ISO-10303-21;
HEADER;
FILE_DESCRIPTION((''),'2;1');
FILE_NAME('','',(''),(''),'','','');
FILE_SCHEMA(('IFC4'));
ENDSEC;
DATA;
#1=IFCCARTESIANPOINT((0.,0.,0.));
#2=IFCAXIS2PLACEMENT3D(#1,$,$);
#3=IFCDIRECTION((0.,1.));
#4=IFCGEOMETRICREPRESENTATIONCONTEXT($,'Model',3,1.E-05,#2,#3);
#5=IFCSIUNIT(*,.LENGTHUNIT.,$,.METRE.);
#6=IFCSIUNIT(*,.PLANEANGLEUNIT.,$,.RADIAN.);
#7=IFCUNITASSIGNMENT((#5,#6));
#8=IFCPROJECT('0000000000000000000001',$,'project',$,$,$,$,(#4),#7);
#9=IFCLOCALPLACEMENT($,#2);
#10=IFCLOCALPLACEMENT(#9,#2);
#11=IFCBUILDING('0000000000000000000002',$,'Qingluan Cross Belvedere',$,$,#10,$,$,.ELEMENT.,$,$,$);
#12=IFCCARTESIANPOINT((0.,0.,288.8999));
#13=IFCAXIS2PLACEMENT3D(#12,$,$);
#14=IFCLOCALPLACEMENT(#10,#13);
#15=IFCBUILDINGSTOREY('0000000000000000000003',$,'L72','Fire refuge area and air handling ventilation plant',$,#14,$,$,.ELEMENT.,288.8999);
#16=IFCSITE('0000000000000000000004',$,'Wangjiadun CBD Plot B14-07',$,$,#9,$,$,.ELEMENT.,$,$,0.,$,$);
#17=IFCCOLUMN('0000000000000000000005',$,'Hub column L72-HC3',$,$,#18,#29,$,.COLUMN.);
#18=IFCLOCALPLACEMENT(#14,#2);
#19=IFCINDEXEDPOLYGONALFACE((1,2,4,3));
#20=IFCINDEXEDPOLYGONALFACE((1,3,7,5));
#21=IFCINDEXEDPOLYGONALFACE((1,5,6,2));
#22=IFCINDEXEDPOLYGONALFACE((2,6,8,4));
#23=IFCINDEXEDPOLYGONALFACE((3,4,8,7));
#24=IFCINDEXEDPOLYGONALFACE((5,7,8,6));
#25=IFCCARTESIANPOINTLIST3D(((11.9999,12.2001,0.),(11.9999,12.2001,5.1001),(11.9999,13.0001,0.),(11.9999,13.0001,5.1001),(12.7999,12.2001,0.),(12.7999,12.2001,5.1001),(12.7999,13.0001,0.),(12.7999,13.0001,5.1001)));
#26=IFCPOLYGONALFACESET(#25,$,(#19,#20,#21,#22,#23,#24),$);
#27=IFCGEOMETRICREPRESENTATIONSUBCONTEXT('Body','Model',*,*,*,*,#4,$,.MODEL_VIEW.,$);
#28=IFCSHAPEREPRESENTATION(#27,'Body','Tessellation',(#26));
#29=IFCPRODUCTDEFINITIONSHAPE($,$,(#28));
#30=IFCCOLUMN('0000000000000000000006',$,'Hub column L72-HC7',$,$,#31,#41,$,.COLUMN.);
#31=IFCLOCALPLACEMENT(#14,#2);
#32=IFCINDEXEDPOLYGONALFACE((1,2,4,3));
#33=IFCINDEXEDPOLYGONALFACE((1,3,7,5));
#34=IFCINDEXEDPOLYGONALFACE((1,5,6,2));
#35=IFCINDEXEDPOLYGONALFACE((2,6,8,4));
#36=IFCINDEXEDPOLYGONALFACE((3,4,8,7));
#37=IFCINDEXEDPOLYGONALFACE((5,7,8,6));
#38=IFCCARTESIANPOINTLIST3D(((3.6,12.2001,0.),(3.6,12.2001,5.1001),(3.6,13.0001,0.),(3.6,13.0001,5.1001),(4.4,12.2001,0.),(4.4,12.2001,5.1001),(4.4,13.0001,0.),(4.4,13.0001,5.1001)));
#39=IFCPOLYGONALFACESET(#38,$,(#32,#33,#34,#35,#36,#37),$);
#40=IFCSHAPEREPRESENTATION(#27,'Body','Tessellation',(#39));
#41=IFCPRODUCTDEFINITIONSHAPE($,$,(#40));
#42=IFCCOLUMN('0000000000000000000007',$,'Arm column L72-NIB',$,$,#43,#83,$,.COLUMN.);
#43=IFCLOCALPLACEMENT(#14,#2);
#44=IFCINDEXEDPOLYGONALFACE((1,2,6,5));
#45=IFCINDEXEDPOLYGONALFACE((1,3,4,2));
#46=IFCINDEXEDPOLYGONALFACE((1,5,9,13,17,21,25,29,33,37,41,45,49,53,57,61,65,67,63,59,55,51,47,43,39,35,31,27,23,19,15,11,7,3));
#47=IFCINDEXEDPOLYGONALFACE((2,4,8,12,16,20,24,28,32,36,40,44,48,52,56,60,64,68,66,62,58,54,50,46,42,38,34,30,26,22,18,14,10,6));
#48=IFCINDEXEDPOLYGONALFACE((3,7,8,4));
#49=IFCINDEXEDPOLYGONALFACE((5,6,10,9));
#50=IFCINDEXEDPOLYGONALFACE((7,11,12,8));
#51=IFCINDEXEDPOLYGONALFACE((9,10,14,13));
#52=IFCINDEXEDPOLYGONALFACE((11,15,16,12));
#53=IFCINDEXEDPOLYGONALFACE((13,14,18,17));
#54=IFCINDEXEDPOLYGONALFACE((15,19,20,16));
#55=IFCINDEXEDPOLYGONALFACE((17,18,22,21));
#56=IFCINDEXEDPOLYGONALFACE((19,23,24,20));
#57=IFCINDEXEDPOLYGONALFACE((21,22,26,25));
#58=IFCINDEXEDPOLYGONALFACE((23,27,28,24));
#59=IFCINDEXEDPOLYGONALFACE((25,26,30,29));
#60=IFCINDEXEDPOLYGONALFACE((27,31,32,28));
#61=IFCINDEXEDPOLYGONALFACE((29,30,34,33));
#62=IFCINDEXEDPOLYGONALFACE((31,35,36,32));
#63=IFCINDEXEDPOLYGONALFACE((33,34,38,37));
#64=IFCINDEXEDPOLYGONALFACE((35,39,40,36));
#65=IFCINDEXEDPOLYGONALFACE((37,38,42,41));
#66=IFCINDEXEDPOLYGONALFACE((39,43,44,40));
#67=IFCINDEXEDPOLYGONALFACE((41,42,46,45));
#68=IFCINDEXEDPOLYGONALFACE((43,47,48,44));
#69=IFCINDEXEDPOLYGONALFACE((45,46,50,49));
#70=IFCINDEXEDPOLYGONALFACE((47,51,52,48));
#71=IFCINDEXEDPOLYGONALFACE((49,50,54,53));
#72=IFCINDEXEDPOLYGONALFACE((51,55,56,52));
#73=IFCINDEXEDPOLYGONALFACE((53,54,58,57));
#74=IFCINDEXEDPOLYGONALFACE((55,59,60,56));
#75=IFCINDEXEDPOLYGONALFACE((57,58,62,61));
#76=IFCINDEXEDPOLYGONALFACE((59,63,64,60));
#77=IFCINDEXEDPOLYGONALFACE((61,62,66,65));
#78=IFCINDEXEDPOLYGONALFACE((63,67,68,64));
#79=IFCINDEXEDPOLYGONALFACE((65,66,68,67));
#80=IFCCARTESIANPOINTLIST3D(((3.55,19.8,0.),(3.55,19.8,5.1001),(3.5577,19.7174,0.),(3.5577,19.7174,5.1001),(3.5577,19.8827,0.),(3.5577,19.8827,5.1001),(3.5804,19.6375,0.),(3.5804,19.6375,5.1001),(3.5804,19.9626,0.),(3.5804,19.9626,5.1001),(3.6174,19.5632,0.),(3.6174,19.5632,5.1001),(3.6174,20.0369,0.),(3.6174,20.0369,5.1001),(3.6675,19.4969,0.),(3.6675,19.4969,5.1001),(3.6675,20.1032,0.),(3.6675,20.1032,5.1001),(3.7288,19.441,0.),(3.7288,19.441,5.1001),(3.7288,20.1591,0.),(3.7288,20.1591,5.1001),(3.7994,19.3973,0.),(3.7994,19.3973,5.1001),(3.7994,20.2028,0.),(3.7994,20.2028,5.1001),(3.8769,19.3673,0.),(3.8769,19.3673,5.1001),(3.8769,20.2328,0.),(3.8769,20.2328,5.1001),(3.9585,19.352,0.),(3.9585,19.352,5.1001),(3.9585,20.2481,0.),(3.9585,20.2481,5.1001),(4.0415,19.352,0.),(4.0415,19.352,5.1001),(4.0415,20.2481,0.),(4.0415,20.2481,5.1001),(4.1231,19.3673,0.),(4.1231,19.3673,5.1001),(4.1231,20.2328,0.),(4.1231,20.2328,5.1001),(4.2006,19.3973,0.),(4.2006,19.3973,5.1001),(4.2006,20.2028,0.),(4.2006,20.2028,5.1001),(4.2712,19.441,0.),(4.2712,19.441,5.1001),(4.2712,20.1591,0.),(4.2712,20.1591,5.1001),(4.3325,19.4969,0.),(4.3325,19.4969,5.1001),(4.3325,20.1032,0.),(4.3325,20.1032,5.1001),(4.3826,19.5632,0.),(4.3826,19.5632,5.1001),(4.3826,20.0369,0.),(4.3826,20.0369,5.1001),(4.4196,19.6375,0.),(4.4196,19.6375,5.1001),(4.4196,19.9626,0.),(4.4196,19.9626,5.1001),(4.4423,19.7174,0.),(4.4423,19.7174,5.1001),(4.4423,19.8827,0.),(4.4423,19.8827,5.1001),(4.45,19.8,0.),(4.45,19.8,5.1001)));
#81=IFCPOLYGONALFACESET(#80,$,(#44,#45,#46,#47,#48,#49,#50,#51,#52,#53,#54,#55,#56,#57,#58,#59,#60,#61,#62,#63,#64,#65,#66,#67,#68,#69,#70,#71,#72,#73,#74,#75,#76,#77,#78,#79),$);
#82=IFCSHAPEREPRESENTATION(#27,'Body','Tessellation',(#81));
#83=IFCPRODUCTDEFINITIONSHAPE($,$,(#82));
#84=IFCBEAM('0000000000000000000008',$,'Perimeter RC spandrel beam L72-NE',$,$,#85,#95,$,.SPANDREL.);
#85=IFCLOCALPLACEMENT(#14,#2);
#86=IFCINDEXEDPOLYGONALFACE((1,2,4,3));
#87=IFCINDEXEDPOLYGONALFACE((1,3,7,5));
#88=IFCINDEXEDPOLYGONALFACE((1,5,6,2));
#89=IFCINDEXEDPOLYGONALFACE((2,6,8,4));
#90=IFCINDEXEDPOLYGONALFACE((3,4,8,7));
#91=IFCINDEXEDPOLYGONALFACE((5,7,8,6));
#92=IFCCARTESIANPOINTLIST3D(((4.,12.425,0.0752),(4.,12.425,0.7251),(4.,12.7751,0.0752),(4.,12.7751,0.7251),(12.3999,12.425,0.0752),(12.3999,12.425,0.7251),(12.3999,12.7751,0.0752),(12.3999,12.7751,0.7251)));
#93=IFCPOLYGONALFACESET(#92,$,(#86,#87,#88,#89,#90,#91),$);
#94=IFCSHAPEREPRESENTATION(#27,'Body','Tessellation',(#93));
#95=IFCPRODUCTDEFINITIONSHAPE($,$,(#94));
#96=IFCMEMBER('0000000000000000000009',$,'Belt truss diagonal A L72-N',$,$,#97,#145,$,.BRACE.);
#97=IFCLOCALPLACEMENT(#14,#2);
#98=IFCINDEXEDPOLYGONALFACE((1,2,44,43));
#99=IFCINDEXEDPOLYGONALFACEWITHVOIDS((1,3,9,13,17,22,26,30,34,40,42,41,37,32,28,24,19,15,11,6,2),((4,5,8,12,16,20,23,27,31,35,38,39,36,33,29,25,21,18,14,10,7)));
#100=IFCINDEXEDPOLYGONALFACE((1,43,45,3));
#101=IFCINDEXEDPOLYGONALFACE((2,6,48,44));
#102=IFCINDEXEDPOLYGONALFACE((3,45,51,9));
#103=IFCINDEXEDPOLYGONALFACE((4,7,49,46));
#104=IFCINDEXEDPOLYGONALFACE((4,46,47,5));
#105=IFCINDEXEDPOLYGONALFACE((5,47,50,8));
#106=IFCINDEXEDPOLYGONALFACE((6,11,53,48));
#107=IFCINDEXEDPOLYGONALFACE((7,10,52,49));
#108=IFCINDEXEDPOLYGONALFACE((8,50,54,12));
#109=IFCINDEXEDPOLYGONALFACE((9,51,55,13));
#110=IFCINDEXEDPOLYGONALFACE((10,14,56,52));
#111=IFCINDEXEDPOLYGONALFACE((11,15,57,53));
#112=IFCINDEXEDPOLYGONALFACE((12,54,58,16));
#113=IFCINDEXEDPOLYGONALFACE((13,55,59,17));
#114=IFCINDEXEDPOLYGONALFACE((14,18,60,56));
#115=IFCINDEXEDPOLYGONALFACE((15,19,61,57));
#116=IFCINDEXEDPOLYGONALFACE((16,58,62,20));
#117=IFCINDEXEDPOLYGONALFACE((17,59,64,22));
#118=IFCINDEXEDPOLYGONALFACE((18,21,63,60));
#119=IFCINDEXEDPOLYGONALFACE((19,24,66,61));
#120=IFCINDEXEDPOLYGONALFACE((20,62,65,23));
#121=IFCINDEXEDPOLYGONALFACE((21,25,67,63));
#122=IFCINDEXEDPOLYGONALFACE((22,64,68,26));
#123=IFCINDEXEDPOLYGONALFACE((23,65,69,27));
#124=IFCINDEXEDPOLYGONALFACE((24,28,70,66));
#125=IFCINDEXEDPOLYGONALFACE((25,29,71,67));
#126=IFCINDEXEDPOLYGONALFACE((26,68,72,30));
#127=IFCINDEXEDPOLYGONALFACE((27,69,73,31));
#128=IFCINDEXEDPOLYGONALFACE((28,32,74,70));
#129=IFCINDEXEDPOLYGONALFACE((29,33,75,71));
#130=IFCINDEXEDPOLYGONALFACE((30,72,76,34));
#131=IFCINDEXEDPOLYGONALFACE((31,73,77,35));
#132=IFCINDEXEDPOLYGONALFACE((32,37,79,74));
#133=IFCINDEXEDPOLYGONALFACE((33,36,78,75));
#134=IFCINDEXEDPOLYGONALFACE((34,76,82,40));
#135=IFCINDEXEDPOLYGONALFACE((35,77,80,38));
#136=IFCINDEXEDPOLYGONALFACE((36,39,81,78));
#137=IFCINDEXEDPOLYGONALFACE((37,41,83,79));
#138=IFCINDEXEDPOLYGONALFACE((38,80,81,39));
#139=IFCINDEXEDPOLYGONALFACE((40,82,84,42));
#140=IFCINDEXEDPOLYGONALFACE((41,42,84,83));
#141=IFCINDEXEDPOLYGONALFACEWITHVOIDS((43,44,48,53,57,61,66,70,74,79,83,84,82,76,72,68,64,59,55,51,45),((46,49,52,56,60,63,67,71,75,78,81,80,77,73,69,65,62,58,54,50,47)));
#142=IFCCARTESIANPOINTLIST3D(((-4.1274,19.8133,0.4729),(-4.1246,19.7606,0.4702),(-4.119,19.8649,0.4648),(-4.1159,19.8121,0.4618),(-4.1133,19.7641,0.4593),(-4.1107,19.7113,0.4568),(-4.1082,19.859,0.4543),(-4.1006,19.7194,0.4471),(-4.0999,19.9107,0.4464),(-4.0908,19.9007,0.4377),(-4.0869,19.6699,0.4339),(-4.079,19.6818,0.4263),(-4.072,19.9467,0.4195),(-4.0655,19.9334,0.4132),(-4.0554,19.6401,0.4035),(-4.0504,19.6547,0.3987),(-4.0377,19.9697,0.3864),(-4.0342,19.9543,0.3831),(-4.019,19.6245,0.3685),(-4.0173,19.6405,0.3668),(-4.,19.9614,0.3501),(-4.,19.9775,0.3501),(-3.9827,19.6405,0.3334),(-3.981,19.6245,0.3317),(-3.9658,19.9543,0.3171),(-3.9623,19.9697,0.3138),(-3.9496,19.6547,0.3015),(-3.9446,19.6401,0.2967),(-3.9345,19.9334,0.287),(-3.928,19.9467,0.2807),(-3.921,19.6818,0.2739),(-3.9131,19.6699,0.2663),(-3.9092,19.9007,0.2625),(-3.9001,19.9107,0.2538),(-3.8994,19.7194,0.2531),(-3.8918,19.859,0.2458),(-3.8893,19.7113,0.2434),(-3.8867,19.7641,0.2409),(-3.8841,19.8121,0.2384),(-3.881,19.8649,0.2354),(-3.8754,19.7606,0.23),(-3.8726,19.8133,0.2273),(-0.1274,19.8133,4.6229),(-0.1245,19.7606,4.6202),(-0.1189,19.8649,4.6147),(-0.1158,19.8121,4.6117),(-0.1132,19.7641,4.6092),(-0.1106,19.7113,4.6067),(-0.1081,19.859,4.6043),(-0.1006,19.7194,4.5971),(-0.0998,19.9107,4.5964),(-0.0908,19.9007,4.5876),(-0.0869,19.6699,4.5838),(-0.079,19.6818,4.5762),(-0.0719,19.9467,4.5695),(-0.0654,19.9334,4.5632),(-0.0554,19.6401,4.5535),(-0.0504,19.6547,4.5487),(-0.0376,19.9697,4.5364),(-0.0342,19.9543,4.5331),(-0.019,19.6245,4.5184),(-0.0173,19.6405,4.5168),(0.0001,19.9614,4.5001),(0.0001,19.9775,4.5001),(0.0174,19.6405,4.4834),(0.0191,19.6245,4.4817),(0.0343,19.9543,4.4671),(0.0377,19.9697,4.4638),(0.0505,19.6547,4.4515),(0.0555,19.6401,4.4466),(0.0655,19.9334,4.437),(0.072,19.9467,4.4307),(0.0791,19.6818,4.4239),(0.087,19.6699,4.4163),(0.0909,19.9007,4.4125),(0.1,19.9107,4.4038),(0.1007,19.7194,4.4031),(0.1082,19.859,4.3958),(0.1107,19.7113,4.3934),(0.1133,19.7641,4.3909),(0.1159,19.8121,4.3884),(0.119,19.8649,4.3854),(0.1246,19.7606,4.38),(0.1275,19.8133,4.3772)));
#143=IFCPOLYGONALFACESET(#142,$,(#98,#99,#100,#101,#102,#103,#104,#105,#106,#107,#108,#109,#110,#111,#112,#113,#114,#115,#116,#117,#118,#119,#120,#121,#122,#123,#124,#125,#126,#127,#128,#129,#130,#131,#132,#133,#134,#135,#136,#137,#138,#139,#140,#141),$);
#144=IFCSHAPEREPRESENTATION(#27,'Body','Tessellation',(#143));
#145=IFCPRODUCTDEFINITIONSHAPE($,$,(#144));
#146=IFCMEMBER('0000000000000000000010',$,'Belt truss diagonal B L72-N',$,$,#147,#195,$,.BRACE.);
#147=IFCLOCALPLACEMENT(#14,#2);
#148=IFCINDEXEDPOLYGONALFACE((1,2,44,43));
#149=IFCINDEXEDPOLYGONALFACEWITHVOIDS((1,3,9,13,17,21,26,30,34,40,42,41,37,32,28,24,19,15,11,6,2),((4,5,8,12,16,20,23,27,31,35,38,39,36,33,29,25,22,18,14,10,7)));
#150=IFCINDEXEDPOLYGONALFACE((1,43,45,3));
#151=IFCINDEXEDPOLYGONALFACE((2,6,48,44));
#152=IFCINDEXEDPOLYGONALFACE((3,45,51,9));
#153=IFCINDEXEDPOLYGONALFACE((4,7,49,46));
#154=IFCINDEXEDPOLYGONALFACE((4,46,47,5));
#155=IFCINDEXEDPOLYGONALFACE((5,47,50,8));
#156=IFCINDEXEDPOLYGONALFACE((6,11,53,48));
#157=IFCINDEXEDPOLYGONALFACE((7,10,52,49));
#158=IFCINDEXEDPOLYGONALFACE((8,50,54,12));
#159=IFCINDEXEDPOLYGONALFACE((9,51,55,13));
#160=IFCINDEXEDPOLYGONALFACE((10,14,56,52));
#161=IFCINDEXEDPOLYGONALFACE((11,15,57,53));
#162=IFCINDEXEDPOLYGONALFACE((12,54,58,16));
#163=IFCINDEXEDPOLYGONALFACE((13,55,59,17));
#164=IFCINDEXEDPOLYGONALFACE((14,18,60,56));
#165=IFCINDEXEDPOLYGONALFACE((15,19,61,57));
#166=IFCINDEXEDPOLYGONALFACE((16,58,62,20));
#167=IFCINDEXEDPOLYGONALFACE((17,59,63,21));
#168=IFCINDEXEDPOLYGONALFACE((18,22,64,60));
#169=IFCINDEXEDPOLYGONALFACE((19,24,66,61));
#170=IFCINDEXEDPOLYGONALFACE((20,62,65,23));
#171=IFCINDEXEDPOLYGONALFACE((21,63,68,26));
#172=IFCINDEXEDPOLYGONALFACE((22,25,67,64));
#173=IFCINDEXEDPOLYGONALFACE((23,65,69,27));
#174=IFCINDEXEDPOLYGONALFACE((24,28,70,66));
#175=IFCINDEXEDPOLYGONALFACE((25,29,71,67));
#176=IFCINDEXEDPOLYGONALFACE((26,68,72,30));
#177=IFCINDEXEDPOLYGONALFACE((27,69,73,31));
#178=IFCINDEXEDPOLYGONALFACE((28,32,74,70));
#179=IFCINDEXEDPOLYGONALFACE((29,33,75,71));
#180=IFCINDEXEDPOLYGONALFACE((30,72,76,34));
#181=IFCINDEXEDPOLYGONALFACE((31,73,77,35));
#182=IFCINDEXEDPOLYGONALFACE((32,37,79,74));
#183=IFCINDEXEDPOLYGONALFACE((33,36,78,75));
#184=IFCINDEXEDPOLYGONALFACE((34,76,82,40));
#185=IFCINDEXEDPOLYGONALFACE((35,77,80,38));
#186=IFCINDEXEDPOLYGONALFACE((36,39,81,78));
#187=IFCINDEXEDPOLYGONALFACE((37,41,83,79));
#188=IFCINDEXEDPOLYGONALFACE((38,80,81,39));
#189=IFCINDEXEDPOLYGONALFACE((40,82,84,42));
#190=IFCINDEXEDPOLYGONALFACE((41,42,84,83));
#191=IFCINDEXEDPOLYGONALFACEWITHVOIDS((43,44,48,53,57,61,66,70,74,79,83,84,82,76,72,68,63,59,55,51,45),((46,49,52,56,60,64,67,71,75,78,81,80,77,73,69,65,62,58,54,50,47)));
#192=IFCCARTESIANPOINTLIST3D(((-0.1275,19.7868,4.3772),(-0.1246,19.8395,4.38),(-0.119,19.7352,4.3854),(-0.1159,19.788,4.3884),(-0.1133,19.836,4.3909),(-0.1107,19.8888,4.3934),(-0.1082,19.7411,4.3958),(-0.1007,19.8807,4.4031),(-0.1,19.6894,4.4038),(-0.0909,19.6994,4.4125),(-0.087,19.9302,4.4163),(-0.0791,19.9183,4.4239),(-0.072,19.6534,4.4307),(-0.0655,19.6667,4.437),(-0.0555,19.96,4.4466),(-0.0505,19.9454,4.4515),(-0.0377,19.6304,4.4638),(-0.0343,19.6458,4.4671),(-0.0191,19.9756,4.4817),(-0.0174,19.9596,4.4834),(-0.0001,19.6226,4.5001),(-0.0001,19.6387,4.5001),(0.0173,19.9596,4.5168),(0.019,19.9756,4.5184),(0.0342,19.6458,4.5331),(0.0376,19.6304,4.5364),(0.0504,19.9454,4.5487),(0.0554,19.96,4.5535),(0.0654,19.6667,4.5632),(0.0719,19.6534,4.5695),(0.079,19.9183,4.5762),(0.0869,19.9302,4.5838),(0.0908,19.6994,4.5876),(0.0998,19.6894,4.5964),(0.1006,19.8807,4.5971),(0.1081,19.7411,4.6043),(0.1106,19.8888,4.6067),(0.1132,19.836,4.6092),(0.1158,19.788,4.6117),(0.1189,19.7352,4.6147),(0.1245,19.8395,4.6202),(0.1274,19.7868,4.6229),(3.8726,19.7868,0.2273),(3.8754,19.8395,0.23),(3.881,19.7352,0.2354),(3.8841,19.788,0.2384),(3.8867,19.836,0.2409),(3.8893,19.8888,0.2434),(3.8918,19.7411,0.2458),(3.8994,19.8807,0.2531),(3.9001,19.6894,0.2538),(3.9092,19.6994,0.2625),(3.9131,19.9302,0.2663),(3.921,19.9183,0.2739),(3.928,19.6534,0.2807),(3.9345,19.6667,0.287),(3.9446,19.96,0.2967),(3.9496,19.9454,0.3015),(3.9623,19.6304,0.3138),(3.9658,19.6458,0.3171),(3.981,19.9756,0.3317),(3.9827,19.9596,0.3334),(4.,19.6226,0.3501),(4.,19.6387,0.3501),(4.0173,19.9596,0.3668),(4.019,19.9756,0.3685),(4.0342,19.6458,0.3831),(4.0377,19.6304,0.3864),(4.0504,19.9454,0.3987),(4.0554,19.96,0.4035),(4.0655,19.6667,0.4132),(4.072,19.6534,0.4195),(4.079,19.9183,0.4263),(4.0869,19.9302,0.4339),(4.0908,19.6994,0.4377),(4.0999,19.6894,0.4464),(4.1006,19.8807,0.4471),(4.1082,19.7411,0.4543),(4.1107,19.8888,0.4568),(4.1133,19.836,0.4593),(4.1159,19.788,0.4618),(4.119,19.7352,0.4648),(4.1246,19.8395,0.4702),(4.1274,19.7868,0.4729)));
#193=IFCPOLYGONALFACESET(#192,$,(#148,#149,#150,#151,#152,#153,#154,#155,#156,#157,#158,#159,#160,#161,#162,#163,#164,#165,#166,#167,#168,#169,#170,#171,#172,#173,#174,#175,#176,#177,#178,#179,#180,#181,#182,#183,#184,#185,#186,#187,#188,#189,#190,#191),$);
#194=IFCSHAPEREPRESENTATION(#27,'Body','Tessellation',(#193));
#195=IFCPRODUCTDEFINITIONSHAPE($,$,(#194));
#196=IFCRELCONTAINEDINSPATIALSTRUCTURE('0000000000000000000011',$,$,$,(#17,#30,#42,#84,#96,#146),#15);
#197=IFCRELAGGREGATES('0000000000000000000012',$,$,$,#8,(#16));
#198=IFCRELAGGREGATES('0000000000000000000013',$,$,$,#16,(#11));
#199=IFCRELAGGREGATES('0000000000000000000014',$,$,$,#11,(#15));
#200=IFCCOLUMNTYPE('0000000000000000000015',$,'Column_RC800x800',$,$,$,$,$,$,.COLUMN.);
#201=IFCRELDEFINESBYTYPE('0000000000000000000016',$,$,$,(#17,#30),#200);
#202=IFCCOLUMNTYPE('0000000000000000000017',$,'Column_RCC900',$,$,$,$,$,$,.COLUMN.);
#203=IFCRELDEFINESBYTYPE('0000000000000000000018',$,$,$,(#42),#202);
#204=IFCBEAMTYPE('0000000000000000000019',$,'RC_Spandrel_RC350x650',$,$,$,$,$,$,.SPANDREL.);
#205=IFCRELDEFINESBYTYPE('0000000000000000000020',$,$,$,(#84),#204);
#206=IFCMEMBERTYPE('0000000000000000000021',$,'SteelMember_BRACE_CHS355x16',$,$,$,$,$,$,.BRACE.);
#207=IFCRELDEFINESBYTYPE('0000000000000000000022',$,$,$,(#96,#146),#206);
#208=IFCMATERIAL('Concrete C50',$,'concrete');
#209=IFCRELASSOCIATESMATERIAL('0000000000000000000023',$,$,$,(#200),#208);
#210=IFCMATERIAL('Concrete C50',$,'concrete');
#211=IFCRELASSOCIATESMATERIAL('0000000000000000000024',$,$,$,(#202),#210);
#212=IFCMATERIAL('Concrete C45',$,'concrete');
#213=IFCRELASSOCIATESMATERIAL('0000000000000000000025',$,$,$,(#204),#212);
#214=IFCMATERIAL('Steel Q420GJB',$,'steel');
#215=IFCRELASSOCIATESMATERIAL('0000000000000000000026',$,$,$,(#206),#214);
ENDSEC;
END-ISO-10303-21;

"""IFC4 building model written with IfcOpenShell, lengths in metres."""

from ifc_helpers import new_model, si_unit, direction, frame, origin, origin_2d, place, context, subcontext, project, spatial, rectangle, circle, hollow_circle, extrude, material, material_profile, profile_set, type_object, element, save


model = new_model("IFC4")

# Units and contexts
model_context = context("Model", 3, precision=1e-05, world=origin(), true_north=direction((0.0, 1.0)))
body_context = subcontext(model_context, "Body", "Model", "MODEL_VIEW")
ifc_project = project(units=[si_unit("LENGTHUNIT", "METRE"), si_unit("PLANEANGLEUNIT", "RADIAN")], contexts=[model_context])

# Site, building, storey
site_placement = place(None, origin())
site = spatial("IfcSite", under=ifc_project, at=site_placement, Name="Wangjiadun CBD Plot B14-07", CompositionType="ELEMENT", RefElevation=0.0)
building_placement = place(site_placement, origin())
building = spatial("IfcBuilding", under=site, at=building_placement, Name="Qingluan Cross Belvedere", CompositionType="ELEMENT")
storey_placement = place(building_placement, frame((0.0, 0.0, 288.8999)))
storey = spatial("IfcBuildingStorey", under=building, at=storey_placement, Name="L72", Description="Fire refuge area and air handling ventilation plant", CompositionType="ELEMENT", Elevation=288.8999)

# Columns
ifc_material_1 = material(Name="Concrete C50", Category="concrete")
ifc_material_profile_1 = material_profile(ifc_material_1, rectangle(XDim=0.8, YDim=0.8, at=origin_2d()), Name="RC800x800")
ifc_profile_set_1 = profile_set([ifc_material_profile_1], Name="Concrete C50")
column_type_1 = type_object("IfcColumnType", Name="Column_RC800x800", PredefinedType="COLUMN", material=ifc_profile_set_1)
for number, where, z_axis, x_axis, name in (
    (1, (12.3999, 12.6001, 0.0), (0.0, 0.0, 1.0), (1.0, 0.0, 0.0), "Hub column L72-HC3"),
    (2, (4.0, 12.6001, 0.0), (0.0, 0.0, 1.0), (1.0, 0.0, 0.0), "Hub column L72-HC7"),
):
    element("IfcColumn", number, at=place(storey_placement, frame(where, z_axis=z_axis, x_axis=x_axis)), inside=storey, type_object=column_type_1, Name=name, PredefinedType="COLUMN", context=body_context, shape_type="SweptSolid", body=[
        extrude(rectangle(XDim=0.8, YDim=0.8, at=origin_2d()), origin(), (0.0, 0.0, 1.0), 5.1001),
    ])
ifc_material_2 = material(Name="Concrete C50", Category="concrete")
ifc_material_profile_2 = material_profile(ifc_material_2, circle(Radius=0.45, at=origin_2d()), Name="RCC900")
ifc_profile_set_2 = profile_set([ifc_material_profile_2], Name="Concrete C50")
column_type_2 = type_object("IfcColumnType", Name="Column_RCC900", PredefinedType="COLUMN", material=ifc_profile_set_2)
column_placement = place(storey_placement, frame((4.0, 19.8, 0.0), z_axis=(0.0, 0.0, 1.0), x_axis=(1.0, 0.0, 0.0)))
element("IfcColumn", 3, at=column_placement, inside=storey, type_object=column_type_2, Name="Arm column L72-NIB", PredefinedType="COLUMN", context=body_context, shape_type="SweptSolid", body=[
    extrude(circle(Radius=0.45, at=origin_2d()), origin(), (0.0, 0.0, 1.0), 5.1001),
])

# Beam
ifc_material_3 = material(Name="Concrete C45", Category="concrete")
ifc_material_profile_3 = material_profile(ifc_material_3, rectangle(XDim=0.3501, YDim=0.6499, at=origin_2d()), Name="RC350x650")
ifc_profile_set_3 = profile_set([ifc_material_profile_3], Name="Concrete C45")
beam_type_1 = type_object("IfcBeamType", Name="RC_Spandrel_RC350x650", PredefinedType="SPANDREL", material=ifc_profile_set_3)
beam_1_placement = place(storey_placement, frame((4.0, 12.6001, 0.4001), z_axis=(1.0, 0.0, 0.0), x_axis=(0.0, 1.0, 0.0)))
element("IfcBeam", 4, at=beam_1_placement, inside=storey, type_object=beam_type_1, Name="Perimeter RC spandrel beam L72-NE", PredefinedType="SPANDREL", context=body_context, shape_type="SweptSolid", body=[
    extrude(rectangle(XDim=0.3501, YDim=0.6499, at=origin_2d()), origin(), (0.0, 0.0, 1.0), 8.3999),
])

# Members
ifc_material_4 = material(Name="Steel Q420GJB", Category="steel")
ifc_material_profile_4 = material_profile(ifc_material_4, hollow_circle(Radius=0.1775, WallThickness=0.0161, at=origin_2d()), Name="CHS355x16")
ifc_profile_set_4 = profile_set([ifc_material_profile_4], Name="Steel Q420GJB")
member_type_1 = type_object("IfcMemberType", Name="SteelMember_BRACE_CHS355x16", PredefinedType="BRACE", material=ifc_profile_set_4)
for number, where, z_axis, x_axis, name in (
    (5, (-4.0, 19.8, 0.3501), (0.693983, 0.0, 0.719991), (0.0, 1.0, 0.0), "Belt truss diagonal A L72-N"),
    (6, (4.0, 19.8, 0.3501), (-0.693983, 0.0, 0.719991), (0.0, -1.0, 0.0), "Belt truss diagonal B L72-N"),
):
    element("IfcMember", number, at=place(storey_placement, frame(where, z_axis=z_axis, x_axis=x_axis)), inside=storey, type_object=member_type_1, Name=name, PredefinedType="BRACE", context=body_context, shape_type="SweptSolid", body=[
        extrude(hollow_circle(Radius=0.1775, WallThickness=0.0161, at=origin_2d()), origin(), (0.0, 0.0, 1.0), 5.7639),
    ])

save(model, "model.ifc")
